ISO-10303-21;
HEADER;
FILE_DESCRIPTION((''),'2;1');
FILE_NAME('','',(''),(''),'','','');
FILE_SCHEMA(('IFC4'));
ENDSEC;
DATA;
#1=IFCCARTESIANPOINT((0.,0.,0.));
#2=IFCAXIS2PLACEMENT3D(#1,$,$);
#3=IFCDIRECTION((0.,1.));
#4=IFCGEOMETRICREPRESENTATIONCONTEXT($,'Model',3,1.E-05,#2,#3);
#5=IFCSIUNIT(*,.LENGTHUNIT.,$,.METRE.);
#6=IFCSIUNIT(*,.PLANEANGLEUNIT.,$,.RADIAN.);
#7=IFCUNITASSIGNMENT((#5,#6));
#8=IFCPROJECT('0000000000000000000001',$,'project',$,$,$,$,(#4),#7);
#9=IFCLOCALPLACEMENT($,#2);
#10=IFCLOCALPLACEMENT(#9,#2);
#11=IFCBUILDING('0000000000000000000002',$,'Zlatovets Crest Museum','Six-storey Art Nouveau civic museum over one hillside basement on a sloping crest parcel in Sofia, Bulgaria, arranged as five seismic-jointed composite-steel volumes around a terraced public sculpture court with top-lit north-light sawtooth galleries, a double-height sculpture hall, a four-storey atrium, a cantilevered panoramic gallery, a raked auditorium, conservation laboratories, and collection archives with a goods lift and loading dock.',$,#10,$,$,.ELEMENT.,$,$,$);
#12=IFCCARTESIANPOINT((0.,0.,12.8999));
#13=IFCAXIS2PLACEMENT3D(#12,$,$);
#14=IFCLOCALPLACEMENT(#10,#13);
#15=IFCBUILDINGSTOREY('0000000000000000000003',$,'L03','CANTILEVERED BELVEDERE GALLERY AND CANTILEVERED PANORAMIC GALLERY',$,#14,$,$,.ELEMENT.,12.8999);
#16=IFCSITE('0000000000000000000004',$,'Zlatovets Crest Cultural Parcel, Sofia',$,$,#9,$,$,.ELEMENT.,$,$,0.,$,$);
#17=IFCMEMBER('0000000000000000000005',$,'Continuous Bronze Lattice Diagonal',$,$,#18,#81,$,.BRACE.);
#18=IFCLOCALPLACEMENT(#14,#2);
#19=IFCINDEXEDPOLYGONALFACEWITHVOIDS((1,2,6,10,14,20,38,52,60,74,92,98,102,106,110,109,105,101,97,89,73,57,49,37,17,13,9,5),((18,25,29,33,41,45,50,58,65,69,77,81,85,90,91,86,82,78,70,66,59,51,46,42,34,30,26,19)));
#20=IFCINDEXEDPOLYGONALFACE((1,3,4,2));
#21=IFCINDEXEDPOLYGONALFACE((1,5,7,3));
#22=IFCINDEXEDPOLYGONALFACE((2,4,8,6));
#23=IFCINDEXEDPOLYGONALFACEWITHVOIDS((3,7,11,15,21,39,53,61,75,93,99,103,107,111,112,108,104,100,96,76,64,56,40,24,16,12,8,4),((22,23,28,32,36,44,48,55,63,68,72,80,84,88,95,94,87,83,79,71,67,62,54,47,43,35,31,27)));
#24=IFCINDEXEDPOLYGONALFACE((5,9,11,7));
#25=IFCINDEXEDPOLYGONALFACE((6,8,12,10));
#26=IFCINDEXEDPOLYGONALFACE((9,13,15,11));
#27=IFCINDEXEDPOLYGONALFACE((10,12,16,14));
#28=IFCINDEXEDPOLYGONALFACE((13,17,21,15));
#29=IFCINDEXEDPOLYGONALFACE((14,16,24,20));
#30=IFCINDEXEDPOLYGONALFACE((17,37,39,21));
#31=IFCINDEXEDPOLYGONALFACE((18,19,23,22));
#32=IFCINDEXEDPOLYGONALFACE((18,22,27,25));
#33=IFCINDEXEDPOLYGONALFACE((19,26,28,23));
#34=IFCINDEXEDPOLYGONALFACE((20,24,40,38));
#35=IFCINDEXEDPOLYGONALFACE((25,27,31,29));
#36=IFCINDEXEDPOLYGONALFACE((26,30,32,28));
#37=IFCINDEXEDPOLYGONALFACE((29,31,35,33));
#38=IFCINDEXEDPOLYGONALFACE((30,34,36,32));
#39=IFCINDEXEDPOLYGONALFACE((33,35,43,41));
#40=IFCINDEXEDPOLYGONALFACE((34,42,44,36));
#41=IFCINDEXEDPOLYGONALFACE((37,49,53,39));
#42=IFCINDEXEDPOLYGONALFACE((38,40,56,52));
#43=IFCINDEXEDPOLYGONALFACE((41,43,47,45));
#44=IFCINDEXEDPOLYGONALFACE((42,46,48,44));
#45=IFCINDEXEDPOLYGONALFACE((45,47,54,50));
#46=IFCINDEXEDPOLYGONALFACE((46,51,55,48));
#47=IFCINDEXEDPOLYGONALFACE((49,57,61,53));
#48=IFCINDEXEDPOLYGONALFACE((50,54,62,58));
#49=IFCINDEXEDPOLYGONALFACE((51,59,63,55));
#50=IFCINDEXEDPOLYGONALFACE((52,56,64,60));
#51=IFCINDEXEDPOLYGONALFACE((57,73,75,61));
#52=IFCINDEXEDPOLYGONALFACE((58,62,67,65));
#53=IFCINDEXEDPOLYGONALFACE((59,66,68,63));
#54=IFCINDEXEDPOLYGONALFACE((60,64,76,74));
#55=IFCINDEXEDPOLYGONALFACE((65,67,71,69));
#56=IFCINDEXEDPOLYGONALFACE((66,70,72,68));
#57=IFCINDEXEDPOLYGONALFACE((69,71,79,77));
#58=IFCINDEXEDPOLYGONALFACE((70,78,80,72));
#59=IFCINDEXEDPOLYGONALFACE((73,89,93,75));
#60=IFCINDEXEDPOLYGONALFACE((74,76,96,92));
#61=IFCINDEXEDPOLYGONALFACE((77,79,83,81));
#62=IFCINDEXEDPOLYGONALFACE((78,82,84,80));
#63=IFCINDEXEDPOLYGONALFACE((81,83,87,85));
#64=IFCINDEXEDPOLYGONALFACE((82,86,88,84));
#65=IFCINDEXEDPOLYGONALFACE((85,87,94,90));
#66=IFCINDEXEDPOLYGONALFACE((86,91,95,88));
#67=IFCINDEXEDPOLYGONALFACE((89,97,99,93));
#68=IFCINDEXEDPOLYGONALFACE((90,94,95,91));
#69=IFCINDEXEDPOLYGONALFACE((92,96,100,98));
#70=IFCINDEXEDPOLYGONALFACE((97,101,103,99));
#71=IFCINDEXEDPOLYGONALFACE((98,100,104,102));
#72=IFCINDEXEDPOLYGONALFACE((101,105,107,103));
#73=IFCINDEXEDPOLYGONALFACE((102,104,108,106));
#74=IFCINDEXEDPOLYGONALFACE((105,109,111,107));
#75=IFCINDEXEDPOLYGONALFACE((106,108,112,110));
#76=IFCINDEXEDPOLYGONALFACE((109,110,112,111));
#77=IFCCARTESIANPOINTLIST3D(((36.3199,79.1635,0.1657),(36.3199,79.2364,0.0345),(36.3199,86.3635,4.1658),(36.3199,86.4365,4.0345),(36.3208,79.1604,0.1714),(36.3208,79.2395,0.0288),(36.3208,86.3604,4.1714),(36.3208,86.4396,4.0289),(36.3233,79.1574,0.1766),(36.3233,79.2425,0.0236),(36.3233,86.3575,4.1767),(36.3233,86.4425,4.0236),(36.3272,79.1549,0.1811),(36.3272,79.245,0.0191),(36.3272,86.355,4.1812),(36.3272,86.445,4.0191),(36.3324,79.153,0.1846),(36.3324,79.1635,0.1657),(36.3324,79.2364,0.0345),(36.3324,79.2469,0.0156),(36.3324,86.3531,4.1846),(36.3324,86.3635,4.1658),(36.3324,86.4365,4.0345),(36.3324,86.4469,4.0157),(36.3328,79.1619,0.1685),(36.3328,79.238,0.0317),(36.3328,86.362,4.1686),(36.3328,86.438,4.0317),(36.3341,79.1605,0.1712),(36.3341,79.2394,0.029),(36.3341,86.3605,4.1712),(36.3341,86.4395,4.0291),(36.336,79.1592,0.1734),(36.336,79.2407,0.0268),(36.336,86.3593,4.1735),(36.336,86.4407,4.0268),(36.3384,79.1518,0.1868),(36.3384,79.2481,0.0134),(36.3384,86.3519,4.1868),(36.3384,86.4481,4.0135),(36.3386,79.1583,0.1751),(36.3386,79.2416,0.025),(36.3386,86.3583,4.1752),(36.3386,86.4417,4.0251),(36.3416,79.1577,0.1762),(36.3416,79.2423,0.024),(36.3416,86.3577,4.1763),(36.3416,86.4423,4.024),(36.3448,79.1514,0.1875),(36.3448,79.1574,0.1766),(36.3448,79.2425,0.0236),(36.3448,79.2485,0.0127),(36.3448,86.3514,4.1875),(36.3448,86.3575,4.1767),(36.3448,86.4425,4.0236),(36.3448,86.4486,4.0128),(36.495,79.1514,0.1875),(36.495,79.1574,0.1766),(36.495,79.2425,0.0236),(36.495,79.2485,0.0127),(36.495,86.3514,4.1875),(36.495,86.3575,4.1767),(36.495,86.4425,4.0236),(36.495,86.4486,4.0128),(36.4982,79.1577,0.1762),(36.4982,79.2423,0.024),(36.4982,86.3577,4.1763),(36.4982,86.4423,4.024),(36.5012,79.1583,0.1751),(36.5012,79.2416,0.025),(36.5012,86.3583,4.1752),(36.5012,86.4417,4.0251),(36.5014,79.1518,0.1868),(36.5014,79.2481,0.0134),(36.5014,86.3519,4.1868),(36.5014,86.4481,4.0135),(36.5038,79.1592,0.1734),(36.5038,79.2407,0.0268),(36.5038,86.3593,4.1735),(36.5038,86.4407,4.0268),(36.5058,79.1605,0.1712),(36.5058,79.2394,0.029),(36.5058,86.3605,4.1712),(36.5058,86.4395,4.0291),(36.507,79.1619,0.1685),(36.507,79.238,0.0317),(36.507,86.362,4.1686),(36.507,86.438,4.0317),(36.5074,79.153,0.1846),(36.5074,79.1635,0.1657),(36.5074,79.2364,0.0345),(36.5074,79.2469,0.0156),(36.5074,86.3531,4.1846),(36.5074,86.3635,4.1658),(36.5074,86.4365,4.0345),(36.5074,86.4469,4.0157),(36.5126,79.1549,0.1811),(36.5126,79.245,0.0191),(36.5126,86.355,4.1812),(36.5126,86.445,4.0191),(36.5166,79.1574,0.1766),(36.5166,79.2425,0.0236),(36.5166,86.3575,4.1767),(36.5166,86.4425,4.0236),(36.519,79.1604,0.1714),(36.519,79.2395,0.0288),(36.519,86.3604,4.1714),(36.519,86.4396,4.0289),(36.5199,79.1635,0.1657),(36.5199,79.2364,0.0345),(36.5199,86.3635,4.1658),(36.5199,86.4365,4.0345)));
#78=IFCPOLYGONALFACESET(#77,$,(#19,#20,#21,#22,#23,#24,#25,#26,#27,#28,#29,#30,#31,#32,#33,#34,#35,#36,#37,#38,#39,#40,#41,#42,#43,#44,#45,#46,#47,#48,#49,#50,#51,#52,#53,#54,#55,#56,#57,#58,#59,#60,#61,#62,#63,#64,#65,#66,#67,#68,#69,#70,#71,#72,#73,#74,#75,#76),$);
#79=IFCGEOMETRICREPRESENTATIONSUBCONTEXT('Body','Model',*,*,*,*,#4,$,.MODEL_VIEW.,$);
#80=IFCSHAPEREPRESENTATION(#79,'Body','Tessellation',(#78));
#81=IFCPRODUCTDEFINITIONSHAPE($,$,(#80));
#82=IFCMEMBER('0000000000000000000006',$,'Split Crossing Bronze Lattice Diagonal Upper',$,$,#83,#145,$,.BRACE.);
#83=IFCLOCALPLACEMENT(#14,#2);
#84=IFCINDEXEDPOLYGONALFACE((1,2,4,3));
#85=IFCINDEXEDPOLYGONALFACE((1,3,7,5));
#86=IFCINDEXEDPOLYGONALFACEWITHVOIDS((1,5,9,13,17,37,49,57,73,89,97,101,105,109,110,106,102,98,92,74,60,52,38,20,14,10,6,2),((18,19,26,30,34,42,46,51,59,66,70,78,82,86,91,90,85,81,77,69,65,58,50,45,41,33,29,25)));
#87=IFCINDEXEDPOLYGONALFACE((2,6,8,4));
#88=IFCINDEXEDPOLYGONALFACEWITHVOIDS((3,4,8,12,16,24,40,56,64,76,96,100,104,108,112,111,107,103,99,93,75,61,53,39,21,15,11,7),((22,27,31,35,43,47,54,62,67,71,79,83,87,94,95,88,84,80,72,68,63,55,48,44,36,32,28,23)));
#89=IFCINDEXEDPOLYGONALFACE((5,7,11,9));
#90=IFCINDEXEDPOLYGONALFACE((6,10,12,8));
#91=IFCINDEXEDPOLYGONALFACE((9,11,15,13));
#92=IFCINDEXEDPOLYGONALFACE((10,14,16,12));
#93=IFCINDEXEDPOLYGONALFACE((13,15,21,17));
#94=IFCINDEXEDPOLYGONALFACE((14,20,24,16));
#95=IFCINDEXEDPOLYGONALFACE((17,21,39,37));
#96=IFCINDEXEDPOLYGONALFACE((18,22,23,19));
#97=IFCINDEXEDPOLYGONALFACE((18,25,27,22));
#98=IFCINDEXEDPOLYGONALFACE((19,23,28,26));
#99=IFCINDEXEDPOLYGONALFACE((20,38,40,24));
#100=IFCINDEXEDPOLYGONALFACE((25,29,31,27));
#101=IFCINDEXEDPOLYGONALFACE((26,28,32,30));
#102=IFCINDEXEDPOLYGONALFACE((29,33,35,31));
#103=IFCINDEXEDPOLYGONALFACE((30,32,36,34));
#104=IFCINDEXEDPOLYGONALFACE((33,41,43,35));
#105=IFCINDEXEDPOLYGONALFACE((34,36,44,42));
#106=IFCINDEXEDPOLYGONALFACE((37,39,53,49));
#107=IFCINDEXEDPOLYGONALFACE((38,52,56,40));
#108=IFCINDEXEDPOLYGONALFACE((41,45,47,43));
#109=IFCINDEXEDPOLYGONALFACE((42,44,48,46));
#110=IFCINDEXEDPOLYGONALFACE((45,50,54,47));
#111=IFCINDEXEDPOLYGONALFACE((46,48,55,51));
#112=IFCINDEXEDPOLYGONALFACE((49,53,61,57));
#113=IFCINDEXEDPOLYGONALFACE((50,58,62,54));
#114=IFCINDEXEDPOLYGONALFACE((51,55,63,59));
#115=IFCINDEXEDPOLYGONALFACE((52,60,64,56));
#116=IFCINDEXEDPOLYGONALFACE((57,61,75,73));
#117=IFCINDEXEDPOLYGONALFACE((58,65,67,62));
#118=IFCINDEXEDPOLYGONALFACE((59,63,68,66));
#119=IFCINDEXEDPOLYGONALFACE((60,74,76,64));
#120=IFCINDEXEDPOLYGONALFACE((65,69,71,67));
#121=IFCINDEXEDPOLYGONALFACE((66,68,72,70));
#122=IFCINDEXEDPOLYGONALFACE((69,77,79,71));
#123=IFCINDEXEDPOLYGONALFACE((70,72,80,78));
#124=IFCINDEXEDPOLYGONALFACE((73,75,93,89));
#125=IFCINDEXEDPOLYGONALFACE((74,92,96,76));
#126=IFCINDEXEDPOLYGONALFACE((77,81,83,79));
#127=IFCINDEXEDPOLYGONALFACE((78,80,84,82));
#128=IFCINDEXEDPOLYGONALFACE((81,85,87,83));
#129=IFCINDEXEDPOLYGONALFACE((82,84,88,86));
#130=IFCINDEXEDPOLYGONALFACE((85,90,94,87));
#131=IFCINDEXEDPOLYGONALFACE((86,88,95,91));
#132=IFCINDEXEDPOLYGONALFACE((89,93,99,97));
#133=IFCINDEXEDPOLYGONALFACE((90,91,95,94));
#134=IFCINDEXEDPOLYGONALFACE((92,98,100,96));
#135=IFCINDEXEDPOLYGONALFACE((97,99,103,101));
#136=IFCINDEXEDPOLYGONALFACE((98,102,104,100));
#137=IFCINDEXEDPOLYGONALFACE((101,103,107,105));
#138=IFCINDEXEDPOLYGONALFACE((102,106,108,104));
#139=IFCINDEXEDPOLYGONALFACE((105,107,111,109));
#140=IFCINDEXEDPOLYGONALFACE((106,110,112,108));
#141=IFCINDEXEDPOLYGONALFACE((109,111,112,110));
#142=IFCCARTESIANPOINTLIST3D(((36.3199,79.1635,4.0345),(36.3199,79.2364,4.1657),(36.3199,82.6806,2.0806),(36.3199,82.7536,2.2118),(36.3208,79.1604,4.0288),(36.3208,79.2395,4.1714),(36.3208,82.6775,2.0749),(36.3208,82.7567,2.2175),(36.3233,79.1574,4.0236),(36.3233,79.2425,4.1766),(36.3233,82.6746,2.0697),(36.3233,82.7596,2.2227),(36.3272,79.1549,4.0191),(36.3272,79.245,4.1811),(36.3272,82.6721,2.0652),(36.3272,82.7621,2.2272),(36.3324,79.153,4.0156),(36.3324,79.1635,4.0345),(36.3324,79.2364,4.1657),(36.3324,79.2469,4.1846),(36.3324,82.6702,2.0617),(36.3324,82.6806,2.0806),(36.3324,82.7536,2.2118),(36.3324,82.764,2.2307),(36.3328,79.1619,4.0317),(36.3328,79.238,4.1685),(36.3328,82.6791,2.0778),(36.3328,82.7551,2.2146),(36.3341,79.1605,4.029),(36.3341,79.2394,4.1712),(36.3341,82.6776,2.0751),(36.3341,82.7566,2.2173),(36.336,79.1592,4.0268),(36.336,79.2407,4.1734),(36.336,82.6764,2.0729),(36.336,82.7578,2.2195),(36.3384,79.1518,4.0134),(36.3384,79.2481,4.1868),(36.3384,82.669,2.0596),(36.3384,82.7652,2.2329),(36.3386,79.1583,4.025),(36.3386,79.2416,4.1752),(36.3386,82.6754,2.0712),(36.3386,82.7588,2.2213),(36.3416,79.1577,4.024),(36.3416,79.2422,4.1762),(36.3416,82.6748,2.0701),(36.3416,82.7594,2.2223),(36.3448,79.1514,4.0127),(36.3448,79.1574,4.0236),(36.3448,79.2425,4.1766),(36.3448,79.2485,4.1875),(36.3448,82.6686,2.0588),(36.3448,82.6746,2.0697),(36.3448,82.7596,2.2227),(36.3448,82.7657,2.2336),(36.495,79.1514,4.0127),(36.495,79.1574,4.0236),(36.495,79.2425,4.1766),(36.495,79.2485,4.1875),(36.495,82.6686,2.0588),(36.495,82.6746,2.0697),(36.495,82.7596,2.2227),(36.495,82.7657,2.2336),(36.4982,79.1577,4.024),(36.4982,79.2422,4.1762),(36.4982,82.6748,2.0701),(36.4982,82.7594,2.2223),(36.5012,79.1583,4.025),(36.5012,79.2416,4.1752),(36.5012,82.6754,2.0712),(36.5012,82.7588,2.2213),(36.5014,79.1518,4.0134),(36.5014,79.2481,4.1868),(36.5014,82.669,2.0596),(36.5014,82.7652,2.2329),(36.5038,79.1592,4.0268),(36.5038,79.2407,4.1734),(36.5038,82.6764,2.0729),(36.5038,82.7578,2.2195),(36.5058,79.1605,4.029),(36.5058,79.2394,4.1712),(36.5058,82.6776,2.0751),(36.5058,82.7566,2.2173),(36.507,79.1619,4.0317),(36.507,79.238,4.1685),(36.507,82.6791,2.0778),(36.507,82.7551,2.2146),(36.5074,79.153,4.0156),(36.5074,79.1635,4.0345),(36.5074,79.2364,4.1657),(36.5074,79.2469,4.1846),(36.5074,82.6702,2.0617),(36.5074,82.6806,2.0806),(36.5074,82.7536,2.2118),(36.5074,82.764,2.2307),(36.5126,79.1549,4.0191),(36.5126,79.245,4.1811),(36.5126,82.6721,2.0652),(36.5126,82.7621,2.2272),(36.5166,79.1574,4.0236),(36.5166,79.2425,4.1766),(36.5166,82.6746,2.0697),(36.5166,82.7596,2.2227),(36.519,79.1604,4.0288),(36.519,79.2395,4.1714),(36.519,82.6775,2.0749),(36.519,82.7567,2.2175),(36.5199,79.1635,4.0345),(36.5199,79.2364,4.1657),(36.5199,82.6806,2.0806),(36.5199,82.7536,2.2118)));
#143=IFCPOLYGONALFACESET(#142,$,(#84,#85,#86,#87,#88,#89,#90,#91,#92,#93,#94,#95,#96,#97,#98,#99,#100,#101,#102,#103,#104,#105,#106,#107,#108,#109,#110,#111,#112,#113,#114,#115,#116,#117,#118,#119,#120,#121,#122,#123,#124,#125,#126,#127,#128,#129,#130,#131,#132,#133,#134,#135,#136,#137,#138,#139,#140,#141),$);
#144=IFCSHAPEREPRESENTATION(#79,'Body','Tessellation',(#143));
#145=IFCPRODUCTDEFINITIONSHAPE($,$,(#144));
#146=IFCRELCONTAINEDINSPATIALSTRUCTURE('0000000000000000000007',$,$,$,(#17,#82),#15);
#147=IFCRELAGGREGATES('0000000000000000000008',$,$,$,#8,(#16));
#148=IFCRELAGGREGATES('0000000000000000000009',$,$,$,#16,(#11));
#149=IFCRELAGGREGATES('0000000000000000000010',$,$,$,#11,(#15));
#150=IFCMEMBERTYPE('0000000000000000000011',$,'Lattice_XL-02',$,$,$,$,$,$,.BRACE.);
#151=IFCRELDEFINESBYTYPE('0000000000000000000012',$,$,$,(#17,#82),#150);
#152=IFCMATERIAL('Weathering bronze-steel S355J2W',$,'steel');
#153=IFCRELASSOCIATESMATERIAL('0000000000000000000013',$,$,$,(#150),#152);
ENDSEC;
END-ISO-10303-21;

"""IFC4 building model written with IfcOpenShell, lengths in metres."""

from ifc_helpers import new_model, si_unit, direction, frame, origin, origin_2d, place, context, subcontext, project, spatial, hollow_rectangle, extrude, material, material_profile, profile_set, type_object, element, save


model = new_model("IFC4")

# Units and contexts
model_context = context("Model", 3, precision=1e-05, world=origin(), true_north=direction((0.0, 1.0)))
body_context = subcontext(model_context, "Body", "Model", "MODEL_VIEW")
ifc_project = project(units=[si_unit("LENGTHUNIT", "METRE"), si_unit("PLANEANGLEUNIT", "RADIAN")], contexts=[model_context])

# Site, building, storey
site_placement = place(None, origin())
site = spatial("IfcSite", under=ifc_project, at=site_placement, Name="Zlatovets Crest Cultural Parcel, Sofia", CompositionType="ELEMENT", RefElevation=0.0)
building_placement = place(site_placement, origin())
building = spatial("IfcBuilding", under=site, at=building_placement, Name="Zlatovets Crest Museum", Description="Six-storey Art Nouveau civic museum over one hillside basement on a sloping crest parcel in Sofia, Bulgaria, arranged as five seismic-jointed composite-steel volumes around a terraced public sculpture court with top-lit north-light sawtooth galleries, a double-height sculpture hall, a four-storey atrium, a cantilevered panoramic gallery, a raked auditorium, conservation laboratories, and collection archives with a goods lift and loading dock.", CompositionType="ELEMENT")
storey_placement = place(building_placement, frame((0.0, 0.0, 12.8999)))
storey = spatial("IfcBuildingStorey", under=building, at=storey_placement, Name="L03", Description="CANTILEVERED BELVEDERE GALLERY AND CANTILEVERED PANORAMIC GALLERY", CompositionType="ELEMENT", Elevation=12.8999)

# Members
ifc_material_1 = material(Name="Weathering bronze-steel S355J2W", Category="steel")
ifc_material_profile_1 = material_profile(ifc_material_1, hollow_rectangle(XDim=0.2, YDim=0.2, WallThickness=0.0125, InnerFilletRadius=0.0125, OuterFilletRadius=0.0249, at=origin_2d()), Name="SHS 200x200x12.5")
ifc_profile_set_1 = profile_set([ifc_material_profile_1], Name="Weathering bronze-steel S355J2W")
member_type_1 = type_object("IfcMemberType", Name="Lattice_XL-02", PredefinedType="BRACE", material=ifc_profile_set_1)
member_1_placement = place(storey_placement, frame((36.4199, 79.2, 0.1001), z_axis=(0.0, 0.874156, 0.485645), x_axis=(-1.0, 0.0, 0.0)))
element("IfcMember", 1, at=member_1_placement, inside=storey, type_object=member_type_1, Name="Continuous Bronze Lattice Diagonal", PredefinedType="BRACE", context=body_context, shape_type="SweptSolid", body=[
    extrude(hollow_rectangle(XDim=0.2, YDim=0.2, WallThickness=0.0125, InnerFilletRadius=0.0125, OuterFilletRadius=0.0249, at=origin_2d()), origin(), (0.0, 0.0, 1.0), 8.2366),
])
member_2_placement = place(storey_placement, frame((36.4199, 79.2, 4.1001), z_axis=(0.0, 0.874166, -0.485627), x_axis=(-1.0, 0.0, 0.0)))
element("IfcMember", 2, at=member_2_placement, inside=storey, type_object=member_type_1, Name="Split Crossing Bronze Lattice Diagonal Upper", PredefinedType="BRACE", context=body_context, shape_type="SweptSolid", body=[
    extrude(hollow_rectangle(XDim=0.2, YDim=0.2, WallThickness=0.0125, InnerFilletRadius=0.0125, OuterFilletRadius=0.0249, at=origin_2d()), origin(), (0.0, 0.0, 1.0), 4.0234),
])

save(model, "model.ifc")
